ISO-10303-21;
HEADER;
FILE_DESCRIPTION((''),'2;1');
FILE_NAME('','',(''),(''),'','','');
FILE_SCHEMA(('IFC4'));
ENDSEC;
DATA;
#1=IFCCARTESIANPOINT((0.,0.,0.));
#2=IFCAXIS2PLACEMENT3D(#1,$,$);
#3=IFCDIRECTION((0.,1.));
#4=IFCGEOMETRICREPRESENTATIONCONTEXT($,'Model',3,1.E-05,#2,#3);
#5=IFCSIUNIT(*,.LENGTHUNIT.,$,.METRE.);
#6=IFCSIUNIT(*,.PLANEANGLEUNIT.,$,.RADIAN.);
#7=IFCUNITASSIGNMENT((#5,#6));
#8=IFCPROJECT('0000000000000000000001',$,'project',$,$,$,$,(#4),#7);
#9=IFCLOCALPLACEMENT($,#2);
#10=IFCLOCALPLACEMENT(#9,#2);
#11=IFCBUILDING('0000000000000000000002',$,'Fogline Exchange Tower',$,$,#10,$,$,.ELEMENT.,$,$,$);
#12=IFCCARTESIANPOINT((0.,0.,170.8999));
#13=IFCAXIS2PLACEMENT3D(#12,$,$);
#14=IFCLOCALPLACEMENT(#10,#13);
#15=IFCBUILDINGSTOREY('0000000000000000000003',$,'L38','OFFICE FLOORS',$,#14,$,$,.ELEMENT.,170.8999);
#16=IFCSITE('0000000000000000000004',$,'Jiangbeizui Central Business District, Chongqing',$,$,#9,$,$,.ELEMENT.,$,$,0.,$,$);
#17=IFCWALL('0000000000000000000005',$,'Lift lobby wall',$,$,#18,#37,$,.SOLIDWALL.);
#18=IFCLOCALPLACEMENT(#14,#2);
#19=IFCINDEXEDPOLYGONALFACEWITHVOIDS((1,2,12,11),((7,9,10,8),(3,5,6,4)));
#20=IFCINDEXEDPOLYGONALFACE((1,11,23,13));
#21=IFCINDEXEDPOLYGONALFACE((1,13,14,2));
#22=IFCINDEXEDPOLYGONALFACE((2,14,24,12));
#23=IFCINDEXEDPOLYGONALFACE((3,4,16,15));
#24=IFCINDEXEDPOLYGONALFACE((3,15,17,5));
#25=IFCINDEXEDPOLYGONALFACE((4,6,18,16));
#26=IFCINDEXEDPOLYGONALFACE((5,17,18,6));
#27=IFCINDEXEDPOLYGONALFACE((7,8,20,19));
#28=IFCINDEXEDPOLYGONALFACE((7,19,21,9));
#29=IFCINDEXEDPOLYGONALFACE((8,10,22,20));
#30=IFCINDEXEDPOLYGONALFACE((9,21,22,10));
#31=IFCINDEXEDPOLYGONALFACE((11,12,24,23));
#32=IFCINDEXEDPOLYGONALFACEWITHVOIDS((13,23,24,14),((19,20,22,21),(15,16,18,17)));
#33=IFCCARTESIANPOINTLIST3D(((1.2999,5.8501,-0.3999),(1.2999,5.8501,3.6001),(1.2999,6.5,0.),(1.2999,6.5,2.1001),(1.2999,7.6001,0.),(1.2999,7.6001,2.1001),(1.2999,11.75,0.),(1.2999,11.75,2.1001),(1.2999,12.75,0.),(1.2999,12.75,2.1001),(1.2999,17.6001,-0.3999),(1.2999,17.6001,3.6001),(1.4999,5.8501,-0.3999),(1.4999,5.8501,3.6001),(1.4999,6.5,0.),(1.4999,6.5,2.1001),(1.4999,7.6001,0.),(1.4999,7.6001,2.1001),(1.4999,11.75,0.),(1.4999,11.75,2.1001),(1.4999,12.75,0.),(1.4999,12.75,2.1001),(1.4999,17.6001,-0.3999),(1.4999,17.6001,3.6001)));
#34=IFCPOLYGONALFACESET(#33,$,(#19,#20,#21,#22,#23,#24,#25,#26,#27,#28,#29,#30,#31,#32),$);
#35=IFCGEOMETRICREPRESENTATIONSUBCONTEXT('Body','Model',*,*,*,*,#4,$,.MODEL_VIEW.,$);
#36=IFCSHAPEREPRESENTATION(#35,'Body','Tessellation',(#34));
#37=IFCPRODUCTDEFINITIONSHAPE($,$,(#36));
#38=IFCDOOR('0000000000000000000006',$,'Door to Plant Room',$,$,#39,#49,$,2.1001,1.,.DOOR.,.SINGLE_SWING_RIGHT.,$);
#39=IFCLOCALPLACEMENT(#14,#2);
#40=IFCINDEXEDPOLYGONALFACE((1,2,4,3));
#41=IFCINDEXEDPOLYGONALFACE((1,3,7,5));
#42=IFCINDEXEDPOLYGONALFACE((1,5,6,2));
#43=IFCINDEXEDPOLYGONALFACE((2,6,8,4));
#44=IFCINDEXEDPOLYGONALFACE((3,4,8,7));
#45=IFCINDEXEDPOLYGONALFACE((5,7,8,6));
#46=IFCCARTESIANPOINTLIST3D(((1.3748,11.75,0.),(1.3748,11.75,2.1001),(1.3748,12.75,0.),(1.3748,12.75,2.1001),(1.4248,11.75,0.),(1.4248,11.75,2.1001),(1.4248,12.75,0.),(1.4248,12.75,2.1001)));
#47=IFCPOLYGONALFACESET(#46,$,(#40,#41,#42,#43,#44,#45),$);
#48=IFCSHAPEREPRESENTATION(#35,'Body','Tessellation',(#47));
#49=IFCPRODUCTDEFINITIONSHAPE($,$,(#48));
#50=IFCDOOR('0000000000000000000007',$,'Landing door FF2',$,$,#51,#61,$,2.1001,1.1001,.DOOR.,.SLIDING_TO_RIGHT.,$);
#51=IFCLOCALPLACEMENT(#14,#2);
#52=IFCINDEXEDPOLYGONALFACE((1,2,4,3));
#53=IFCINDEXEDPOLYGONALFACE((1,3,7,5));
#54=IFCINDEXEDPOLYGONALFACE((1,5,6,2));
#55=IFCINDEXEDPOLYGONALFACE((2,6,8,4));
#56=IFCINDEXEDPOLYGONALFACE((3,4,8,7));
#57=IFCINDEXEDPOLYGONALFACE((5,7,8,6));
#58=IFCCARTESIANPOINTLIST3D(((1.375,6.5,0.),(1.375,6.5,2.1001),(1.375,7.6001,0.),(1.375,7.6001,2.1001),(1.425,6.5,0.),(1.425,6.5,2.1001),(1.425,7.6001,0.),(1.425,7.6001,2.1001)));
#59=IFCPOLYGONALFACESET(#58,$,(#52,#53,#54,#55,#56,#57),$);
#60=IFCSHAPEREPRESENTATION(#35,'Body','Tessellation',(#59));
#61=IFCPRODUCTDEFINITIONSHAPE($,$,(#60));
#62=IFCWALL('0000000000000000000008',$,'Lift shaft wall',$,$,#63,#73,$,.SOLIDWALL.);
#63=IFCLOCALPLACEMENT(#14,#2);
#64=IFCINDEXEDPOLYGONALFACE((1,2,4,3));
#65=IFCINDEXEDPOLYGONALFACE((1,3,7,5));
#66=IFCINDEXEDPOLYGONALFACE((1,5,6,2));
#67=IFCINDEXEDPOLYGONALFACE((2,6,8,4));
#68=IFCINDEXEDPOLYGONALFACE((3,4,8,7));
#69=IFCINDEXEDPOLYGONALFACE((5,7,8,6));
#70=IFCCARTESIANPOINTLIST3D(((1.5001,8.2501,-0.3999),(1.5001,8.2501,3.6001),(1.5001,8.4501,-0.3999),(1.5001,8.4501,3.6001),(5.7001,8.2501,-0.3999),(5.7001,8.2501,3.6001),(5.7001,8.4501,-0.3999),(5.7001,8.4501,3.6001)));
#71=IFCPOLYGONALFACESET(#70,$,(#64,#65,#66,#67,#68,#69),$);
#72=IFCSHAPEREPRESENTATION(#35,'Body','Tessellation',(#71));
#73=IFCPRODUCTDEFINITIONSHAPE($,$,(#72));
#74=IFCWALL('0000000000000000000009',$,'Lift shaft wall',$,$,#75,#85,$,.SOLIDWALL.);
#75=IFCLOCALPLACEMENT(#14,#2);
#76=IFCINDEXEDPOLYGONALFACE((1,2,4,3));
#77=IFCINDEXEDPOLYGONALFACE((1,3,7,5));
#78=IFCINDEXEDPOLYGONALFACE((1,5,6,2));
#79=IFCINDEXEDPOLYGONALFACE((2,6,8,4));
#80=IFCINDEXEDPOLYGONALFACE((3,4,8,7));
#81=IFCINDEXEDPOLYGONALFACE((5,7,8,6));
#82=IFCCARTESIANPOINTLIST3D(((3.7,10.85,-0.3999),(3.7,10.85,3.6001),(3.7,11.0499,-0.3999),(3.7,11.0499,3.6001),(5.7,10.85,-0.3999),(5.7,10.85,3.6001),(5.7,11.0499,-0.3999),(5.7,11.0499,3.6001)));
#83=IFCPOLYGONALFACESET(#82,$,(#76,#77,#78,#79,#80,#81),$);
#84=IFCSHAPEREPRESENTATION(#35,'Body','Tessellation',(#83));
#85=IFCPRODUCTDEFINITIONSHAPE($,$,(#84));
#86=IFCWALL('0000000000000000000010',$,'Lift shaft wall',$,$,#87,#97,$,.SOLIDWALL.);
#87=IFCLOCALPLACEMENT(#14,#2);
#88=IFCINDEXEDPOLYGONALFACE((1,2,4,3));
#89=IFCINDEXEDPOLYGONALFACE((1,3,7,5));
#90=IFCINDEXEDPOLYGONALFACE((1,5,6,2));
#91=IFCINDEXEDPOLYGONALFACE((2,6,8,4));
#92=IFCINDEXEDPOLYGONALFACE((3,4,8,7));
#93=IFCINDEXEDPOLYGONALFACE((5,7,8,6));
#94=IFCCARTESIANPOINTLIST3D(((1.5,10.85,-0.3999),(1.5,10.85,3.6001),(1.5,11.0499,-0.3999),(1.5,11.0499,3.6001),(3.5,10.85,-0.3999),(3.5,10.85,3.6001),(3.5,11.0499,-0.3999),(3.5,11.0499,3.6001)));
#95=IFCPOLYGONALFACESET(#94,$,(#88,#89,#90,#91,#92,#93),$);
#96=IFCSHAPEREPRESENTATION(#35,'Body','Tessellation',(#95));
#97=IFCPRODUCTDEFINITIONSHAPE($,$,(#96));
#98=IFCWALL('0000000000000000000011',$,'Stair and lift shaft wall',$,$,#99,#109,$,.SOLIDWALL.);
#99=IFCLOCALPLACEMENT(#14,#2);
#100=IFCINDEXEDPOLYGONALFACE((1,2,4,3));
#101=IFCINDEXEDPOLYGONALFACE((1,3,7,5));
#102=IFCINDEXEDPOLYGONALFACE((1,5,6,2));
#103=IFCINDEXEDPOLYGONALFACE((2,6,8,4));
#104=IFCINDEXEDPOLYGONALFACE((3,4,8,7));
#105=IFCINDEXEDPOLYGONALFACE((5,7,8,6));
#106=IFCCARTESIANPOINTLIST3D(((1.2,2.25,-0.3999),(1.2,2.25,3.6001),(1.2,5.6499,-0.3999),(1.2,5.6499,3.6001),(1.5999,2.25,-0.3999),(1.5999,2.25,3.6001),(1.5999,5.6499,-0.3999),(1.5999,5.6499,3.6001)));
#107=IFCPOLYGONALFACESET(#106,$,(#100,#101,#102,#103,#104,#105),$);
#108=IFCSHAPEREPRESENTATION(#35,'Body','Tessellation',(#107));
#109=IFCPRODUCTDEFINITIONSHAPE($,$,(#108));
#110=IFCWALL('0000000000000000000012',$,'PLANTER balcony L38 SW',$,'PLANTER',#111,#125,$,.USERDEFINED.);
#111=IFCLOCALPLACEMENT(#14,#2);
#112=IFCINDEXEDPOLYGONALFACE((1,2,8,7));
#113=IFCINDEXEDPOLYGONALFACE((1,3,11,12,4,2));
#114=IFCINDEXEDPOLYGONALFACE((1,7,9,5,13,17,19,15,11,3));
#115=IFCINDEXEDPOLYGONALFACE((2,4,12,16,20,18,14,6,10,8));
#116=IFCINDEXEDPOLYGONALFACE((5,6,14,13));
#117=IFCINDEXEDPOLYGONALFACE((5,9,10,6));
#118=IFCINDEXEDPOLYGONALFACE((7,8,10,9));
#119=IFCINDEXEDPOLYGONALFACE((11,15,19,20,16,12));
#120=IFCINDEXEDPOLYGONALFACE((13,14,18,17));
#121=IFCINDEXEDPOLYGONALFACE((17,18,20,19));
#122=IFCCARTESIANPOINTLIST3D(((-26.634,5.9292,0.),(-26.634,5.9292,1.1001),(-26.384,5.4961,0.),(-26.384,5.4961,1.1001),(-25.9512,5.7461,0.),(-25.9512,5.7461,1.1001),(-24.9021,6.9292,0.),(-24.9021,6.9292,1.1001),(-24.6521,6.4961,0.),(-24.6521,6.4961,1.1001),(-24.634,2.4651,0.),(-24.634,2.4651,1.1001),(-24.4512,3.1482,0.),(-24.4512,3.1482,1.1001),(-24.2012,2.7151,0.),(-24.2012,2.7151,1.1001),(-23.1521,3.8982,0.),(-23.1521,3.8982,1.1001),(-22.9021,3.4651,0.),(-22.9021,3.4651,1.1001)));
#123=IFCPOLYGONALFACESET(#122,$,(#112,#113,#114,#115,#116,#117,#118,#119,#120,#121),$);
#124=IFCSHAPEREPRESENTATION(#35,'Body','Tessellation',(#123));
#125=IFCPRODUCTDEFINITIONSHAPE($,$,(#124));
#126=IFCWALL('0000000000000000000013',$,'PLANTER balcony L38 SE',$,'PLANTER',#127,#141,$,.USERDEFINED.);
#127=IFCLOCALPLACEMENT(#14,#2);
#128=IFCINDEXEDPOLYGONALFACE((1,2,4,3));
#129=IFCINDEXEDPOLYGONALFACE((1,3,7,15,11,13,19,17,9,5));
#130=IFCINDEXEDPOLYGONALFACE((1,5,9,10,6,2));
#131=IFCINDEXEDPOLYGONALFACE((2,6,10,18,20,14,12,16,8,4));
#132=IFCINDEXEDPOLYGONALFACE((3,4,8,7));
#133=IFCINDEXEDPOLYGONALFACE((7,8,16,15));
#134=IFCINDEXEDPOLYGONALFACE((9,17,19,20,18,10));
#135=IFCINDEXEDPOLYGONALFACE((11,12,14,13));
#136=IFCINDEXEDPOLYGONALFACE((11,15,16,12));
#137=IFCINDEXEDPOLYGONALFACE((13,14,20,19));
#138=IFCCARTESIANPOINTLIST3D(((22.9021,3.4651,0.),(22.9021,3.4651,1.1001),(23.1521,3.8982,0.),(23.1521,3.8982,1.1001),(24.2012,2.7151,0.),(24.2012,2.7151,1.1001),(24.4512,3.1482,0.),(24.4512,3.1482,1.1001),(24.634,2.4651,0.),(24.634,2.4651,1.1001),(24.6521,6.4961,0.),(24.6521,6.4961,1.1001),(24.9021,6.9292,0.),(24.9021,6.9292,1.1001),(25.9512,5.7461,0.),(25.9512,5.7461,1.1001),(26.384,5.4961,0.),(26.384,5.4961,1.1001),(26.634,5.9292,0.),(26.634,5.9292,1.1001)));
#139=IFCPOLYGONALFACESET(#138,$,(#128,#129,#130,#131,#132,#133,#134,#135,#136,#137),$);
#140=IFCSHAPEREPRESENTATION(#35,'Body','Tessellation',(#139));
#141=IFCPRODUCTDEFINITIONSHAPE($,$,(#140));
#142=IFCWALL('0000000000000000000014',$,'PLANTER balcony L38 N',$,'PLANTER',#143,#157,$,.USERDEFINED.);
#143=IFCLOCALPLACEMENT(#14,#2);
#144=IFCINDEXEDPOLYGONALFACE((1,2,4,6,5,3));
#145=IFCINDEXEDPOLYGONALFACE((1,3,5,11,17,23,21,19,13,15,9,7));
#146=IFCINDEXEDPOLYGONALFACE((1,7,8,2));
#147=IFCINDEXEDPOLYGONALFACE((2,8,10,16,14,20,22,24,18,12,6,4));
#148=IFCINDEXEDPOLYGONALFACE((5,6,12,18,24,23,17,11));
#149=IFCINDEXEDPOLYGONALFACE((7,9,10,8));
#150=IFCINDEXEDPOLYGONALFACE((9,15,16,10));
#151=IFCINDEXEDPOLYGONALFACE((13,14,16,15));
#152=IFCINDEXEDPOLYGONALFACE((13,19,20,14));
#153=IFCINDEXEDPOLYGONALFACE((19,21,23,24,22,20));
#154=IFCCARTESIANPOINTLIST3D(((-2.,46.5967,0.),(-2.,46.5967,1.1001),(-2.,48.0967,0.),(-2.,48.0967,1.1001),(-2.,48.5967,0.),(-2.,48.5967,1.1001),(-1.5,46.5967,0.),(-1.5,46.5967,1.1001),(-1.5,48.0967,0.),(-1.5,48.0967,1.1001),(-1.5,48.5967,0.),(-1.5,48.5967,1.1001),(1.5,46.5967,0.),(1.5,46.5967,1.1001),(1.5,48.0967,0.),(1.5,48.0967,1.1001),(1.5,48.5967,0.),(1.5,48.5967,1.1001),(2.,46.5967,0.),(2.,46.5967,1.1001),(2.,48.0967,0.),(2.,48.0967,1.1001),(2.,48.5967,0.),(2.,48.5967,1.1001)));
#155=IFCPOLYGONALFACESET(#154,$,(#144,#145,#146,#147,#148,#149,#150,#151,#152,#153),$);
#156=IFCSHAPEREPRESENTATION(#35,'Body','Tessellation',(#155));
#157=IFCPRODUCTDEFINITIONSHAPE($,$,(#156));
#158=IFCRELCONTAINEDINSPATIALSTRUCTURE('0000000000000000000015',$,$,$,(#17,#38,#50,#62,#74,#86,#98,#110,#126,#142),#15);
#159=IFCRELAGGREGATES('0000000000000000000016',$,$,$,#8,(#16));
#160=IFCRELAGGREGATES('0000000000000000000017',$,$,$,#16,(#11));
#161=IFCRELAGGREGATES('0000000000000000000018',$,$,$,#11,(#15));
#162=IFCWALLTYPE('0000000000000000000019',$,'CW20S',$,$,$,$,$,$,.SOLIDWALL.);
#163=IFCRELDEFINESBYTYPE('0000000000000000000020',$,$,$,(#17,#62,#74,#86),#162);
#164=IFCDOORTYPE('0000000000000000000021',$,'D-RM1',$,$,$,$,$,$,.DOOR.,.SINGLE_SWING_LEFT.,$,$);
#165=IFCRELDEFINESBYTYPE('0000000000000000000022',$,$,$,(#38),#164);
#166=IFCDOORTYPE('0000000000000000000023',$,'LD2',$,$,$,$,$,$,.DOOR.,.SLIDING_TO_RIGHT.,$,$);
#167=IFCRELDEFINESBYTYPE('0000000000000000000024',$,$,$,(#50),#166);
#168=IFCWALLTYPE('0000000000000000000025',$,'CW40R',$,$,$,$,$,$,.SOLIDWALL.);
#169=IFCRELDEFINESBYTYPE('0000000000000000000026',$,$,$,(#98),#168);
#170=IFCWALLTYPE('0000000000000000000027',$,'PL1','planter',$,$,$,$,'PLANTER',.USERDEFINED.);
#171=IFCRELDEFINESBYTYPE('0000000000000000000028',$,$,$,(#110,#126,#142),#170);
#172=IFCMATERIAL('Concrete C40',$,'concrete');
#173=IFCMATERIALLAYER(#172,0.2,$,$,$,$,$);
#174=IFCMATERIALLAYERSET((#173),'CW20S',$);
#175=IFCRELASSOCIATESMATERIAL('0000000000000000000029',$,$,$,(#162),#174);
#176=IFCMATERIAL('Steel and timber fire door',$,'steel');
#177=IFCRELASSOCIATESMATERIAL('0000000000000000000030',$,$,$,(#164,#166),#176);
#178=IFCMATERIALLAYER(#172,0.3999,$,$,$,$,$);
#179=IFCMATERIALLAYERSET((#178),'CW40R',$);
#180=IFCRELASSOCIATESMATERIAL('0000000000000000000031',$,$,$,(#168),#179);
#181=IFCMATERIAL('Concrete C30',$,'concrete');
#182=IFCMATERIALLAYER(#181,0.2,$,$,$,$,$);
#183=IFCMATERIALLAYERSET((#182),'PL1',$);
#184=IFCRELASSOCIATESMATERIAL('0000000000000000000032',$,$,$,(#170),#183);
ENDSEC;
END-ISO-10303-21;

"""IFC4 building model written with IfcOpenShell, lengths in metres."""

from ifc_helpers import new_model, si_unit, direction, frame, frame_2d, origin, place, context, subcontext, project, spatial, polyline, rectangle, outline, extrude, material, layer, layer_set, type_object, element, fill, save


model = new_model("IFC4")

# Units and contexts
model_context = context("Model", 3, precision=1e-05, world=origin(), true_north=direction((0.0, 1.0)))
body_context = subcontext(model_context, "Body", "Model", "MODEL_VIEW")
ifc_project = project(units=[si_unit("LENGTHUNIT", "METRE"), si_unit("PLANEANGLEUNIT", "RADIAN")], contexts=[model_context])

# Site, building, storey
site_placement = place(None, origin())
site = spatial("IfcSite", under=ifc_project, at=site_placement, Name="Jiangbeizui Central Business District, Chongqing", CompositionType="ELEMENT", RefElevation=0.0)
building_placement = place(site_placement, origin())
building = spatial("IfcBuilding", under=site, at=building_placement, Name="Fogline Exchange Tower", CompositionType="ELEMENT")
storey_placement = place(building_placement, frame((0.0, 0.0, 170.8999)))
storey = spatial("IfcBuildingStorey", under=building, at=storey_placement, Name="L38", Description="OFFICE FLOORS", CompositionType="ELEMENT", Elevation=170.8999)

# Shared definitions
ifc_material_1 = material(Name="Concrete C40", Category="concrete")

# Shared definitions
ifc_material_2 = material(Name="Steel and timber fire door", Category="steel")

# Shared definitions
ifc_layer_1 = layer(ifc_material_1, 0.2)
ifc_layer_set_1 = layer_set([ifc_layer_1], Name="CW20S")
wall_type_1 = type_object("IfcWallType", Name="CW20S", PredefinedType="SOLIDWALL", material=ifc_layer_set_1)

# Wall, openings, doors
wall_1_placement = place(storey_placement, frame((1.3999, 5.8501, -0.3999), z_axis=(0.0, 0.0, 1.0), x_axis=(0.0, 1.0, 0.0)))
wall_1 = element("IfcWall", 1, at=wall_1_placement, inside=storey, type_object=wall_type_1, Name="Lift lobby wall", PredefinedType="SOLIDWALL", context=body_context, shape_type="SweptSolid", body=[
    extrude(rectangle(XDim=11.75, YDim=0.2, at=frame_2d((5.875, 0.0))), origin(), (0.0, 0.0, 1.0), 4.0),
])
opening_1_placement = place(wall_1_placement, frame((0.6499, 0.0, 0.3999)))
opening_1 = element("IfcOpeningElement", 2, at=opening_1_placement, cuts=wall_1, PredefinedType="OPENING", context=body_context, shape_type="SweptSolid", body=[
    extrude(rectangle(XDim=1.1001, YDim=2.1001, at=frame_2d((0.55, 1.05))), frame((0.0, 0.1099, 0.0), z_axis=(0.0, -1.0, 0.0), x_axis=(1.0, 0.0, 0.0)), (0.0, 0.0, 1.0), 0.22),
])
opening_2_placement = place(wall_1_placement, frame((5.8999, 0.0, 0.3999)))
opening_2 = element("IfcOpeningElement", 3, at=opening_2_placement, cuts=wall_1, PredefinedType="OPENING", context=body_context, shape_type="SweptSolid", body=[
    extrude(rectangle(XDim=1.0, YDim=2.1001, at=frame_2d((0.5, 1.05))), frame((0.0, 0.1099, 0.0), z_axis=(0.0, -1.0, 0.0), x_axis=(1.0, 0.0, 0.0)), (0.0, 0.0, 1.0), 0.22),
])
door_type_1 = type_object("IfcDoorType", Name="D-RM1", OperationType="SINGLE_SWING_LEFT", PredefinedType="DOOR", material=ifc_material_2)
door_1_placement = place(opening_2_placement, frame((1.0, 0.0, 0.0), z_axis=(0.0, 0.0, 1.0), x_axis=(-1.0, 0.0, 0.0)))
door_1 = element("IfcDoor", 4, at=door_1_placement, inside=storey, type_object=door_type_1, Name="Door to Plant Room", OperationType="SINGLE_SWING_RIGHT", OverallHeight=2.1001, OverallWidth=1.0, PredefinedType="DOOR", context=body_context, shape_type="SweptSolid", body=[
    extrude(rectangle(XDim=1.0, YDim=2.1001, at=frame_2d((0.5, 1.05))), frame((0.0, 0.0249, 0.0), z_axis=(0.0, -1.0, 0.0), x_axis=(1.0, 0.0, 0.0)), (0.0, 0.0, 1.0), 0.05),
])
fill(opening_2, door_1)
door_type_2 = type_object("IfcDoorType", Name="LD2", OperationType="SLIDING_TO_RIGHT", PredefinedType="DOOR", material=ifc_material_2)
door_2_placement = place(opening_1_placement, origin())
door_2 = element("IfcDoor", 5, at=door_2_placement, inside=storey, type_object=door_type_2, Name="Landing door FF2", OperationType="SLIDING_TO_RIGHT", OverallHeight=2.1001, OverallWidth=1.1001, PredefinedType="DOOR", context=body_context, shape_type="SweptSolid", body=[
    extrude(rectangle(XDim=1.1001, YDim=2.1001, at=frame_2d((0.55, 1.05))), frame((0.0, 0.0249, 0.0), z_axis=(0.0, -1.0, 0.0), x_axis=(1.0, 0.0, 0.0)), (0.0, 0.0, 1.0), 0.05),
])
fill(opening_1, door_2)

# Walls
wall_2_placement = place(storey_placement, frame((1.5, 8.3501, -0.3999), z_axis=(0.0, 0.0, 1.0), x_axis=(1.0, 0.0, 0.0)))
element("IfcWall", 6, at=wall_2_placement, inside=storey, type_object=wall_type_1, Name="Lift shaft wall", PredefinedType="SOLIDWALL", context=body_context, shape_type="SweptSolid", body=[
    extrude(rectangle(XDim=4.2, YDim=0.2, at=frame_2d((2.1001, 0.0))), origin(), (0.0, 0.0, 1.0), 4.0),
])
for number, where, z_axis, x_axis, name in (
    (7, (3.7, 10.95, -0.3999), (0.0, 0.0, 1.0), (1.0, 0.0, 0.0), "Lift shaft wall"),
    (8, (1.5, 10.95, -0.3999), (0.0, 0.0, 1.0), (1.0, 0.0, 0.0), "Lift shaft wall"),
):
    element("IfcWall", number, at=place(storey_placement, frame(where, z_axis=z_axis, x_axis=x_axis)), inside=storey, type_object=wall_type_1, Name=name, PredefinedType="SOLIDWALL", context=body_context, shape_type="SweptSolid", body=[
        extrude(rectangle(XDim=2.0, YDim=0.2, at=frame_2d((1.0, 0.0))), origin(), (0.0, 0.0, 1.0), 4.0),
    ])
ifc_layer_2 = layer(ifc_material_1, 0.3999)
ifc_layer_set_2 = layer_set([ifc_layer_2], Name="CW40R")
wall_type_2 = type_object("IfcWallType", Name="CW40R", PredefinedType="SOLIDWALL", material=ifc_layer_set_2)
wall_3_placement = place(storey_placement, frame((1.3999, 2.25, -0.3999), z_axis=(0.0, 0.0, 1.0), x_axis=(0.0, 1.0, 0.0)))
element("IfcWall", 9, at=wall_3_placement, inside=storey, type_object=wall_type_2, Name="Stair and lift shaft wall", PredefinedType="SOLIDWALL", context=body_context, shape_type="SweptSolid", body=[
    extrude(rectangle(XDim=3.3999, YDim=0.3999, at=frame_2d((1.7, 0.0))), origin(), (0.0, 0.0, 1.0), 4.0),
])
ifc_material_3 = material(Name="Concrete C30", Category="concrete")
ifc_layer_3 = layer(ifc_material_3, 0.2)
ifc_layer_set_3 = layer_set([ifc_layer_3], Name="PL1")
wall_type_3 = type_object("IfcWallType", Name="PL1", Description="planter", ElementType="PLANTER", PredefinedType="USERDEFINED", material=ifc_layer_set_3)
wall_4_placement = place(storey_placement, origin())
element("IfcWall", 10, at=wall_4_placement, inside=storey, type_object=wall_type_3, Name="PLANTER balcony L38 SW", ObjectType="PLANTER", PredefinedType="USERDEFINED", context=body_context, shape_type="SweptSolid", body=[
    extrude(outline(polyline([(-23.1521, 3.8982), (-24.4512, 3.1482), (-25.9512, 5.7461), (-24.6521, 6.4961), (-24.9021, 6.9292), (-26.634, 5.9292), (-26.384, 5.4961), (-24.634, 2.4651), (-24.2012, 2.7151), (-24.2012, 2.7151), (-22.9021, 3.4651), (-23.1521, 3.8982)])), origin(), (0.0, 0.0, 1.0), 1.1001),
])
wall_5_placement = place(storey_placement, origin())
element("IfcWall", 11, at=wall_5_placement, inside=storey, type_object=wall_type_3, Name="PLANTER balcony L38 SE", ObjectType="PLANTER", PredefinedType="USERDEFINED", context=body_context, shape_type="SweptSolid", body=[
    extrude(outline(polyline([(22.9021, 3.4651), (24.2012, 2.7151), (24.2012, 2.7151), (24.634, 2.4651), (26.384, 5.4961), (26.634, 5.9292), (24.9021, 6.9292), (24.6521, 6.4961), (25.9512, 5.7461), (24.4512, 3.1482), (23.1521, 3.8982), (22.9021, 3.4651)])), origin(), (0.0, 0.0, 1.0), 1.1001),
])
wall_6_placement = place(storey_placement, origin())
element("IfcWall", 12, at=wall_6_placement, inside=storey, type_object=wall_type_3, Name="PLANTER balcony L38 N", ObjectType="PLANTER", PredefinedType="USERDEFINED", context=body_context, shape_type="SweptSolid", body=[
    extrude(outline(polyline([(-1.5, 48.5967), (-2.0, 48.5967), (-2.0, 48.0967), (-2.0, 46.5967), (-1.5, 46.5967), (-1.5, 48.0967), (1.5, 48.0967), (1.5, 46.5967), (2.0, 46.5967), (2.0, 48.0967), (2.0, 48.5967), (1.5, 48.5967), (-1.5, 48.5967)])), origin(), (0.0, 0.0, 1.0), 1.1001),
])

save(model, "model.ifc")
